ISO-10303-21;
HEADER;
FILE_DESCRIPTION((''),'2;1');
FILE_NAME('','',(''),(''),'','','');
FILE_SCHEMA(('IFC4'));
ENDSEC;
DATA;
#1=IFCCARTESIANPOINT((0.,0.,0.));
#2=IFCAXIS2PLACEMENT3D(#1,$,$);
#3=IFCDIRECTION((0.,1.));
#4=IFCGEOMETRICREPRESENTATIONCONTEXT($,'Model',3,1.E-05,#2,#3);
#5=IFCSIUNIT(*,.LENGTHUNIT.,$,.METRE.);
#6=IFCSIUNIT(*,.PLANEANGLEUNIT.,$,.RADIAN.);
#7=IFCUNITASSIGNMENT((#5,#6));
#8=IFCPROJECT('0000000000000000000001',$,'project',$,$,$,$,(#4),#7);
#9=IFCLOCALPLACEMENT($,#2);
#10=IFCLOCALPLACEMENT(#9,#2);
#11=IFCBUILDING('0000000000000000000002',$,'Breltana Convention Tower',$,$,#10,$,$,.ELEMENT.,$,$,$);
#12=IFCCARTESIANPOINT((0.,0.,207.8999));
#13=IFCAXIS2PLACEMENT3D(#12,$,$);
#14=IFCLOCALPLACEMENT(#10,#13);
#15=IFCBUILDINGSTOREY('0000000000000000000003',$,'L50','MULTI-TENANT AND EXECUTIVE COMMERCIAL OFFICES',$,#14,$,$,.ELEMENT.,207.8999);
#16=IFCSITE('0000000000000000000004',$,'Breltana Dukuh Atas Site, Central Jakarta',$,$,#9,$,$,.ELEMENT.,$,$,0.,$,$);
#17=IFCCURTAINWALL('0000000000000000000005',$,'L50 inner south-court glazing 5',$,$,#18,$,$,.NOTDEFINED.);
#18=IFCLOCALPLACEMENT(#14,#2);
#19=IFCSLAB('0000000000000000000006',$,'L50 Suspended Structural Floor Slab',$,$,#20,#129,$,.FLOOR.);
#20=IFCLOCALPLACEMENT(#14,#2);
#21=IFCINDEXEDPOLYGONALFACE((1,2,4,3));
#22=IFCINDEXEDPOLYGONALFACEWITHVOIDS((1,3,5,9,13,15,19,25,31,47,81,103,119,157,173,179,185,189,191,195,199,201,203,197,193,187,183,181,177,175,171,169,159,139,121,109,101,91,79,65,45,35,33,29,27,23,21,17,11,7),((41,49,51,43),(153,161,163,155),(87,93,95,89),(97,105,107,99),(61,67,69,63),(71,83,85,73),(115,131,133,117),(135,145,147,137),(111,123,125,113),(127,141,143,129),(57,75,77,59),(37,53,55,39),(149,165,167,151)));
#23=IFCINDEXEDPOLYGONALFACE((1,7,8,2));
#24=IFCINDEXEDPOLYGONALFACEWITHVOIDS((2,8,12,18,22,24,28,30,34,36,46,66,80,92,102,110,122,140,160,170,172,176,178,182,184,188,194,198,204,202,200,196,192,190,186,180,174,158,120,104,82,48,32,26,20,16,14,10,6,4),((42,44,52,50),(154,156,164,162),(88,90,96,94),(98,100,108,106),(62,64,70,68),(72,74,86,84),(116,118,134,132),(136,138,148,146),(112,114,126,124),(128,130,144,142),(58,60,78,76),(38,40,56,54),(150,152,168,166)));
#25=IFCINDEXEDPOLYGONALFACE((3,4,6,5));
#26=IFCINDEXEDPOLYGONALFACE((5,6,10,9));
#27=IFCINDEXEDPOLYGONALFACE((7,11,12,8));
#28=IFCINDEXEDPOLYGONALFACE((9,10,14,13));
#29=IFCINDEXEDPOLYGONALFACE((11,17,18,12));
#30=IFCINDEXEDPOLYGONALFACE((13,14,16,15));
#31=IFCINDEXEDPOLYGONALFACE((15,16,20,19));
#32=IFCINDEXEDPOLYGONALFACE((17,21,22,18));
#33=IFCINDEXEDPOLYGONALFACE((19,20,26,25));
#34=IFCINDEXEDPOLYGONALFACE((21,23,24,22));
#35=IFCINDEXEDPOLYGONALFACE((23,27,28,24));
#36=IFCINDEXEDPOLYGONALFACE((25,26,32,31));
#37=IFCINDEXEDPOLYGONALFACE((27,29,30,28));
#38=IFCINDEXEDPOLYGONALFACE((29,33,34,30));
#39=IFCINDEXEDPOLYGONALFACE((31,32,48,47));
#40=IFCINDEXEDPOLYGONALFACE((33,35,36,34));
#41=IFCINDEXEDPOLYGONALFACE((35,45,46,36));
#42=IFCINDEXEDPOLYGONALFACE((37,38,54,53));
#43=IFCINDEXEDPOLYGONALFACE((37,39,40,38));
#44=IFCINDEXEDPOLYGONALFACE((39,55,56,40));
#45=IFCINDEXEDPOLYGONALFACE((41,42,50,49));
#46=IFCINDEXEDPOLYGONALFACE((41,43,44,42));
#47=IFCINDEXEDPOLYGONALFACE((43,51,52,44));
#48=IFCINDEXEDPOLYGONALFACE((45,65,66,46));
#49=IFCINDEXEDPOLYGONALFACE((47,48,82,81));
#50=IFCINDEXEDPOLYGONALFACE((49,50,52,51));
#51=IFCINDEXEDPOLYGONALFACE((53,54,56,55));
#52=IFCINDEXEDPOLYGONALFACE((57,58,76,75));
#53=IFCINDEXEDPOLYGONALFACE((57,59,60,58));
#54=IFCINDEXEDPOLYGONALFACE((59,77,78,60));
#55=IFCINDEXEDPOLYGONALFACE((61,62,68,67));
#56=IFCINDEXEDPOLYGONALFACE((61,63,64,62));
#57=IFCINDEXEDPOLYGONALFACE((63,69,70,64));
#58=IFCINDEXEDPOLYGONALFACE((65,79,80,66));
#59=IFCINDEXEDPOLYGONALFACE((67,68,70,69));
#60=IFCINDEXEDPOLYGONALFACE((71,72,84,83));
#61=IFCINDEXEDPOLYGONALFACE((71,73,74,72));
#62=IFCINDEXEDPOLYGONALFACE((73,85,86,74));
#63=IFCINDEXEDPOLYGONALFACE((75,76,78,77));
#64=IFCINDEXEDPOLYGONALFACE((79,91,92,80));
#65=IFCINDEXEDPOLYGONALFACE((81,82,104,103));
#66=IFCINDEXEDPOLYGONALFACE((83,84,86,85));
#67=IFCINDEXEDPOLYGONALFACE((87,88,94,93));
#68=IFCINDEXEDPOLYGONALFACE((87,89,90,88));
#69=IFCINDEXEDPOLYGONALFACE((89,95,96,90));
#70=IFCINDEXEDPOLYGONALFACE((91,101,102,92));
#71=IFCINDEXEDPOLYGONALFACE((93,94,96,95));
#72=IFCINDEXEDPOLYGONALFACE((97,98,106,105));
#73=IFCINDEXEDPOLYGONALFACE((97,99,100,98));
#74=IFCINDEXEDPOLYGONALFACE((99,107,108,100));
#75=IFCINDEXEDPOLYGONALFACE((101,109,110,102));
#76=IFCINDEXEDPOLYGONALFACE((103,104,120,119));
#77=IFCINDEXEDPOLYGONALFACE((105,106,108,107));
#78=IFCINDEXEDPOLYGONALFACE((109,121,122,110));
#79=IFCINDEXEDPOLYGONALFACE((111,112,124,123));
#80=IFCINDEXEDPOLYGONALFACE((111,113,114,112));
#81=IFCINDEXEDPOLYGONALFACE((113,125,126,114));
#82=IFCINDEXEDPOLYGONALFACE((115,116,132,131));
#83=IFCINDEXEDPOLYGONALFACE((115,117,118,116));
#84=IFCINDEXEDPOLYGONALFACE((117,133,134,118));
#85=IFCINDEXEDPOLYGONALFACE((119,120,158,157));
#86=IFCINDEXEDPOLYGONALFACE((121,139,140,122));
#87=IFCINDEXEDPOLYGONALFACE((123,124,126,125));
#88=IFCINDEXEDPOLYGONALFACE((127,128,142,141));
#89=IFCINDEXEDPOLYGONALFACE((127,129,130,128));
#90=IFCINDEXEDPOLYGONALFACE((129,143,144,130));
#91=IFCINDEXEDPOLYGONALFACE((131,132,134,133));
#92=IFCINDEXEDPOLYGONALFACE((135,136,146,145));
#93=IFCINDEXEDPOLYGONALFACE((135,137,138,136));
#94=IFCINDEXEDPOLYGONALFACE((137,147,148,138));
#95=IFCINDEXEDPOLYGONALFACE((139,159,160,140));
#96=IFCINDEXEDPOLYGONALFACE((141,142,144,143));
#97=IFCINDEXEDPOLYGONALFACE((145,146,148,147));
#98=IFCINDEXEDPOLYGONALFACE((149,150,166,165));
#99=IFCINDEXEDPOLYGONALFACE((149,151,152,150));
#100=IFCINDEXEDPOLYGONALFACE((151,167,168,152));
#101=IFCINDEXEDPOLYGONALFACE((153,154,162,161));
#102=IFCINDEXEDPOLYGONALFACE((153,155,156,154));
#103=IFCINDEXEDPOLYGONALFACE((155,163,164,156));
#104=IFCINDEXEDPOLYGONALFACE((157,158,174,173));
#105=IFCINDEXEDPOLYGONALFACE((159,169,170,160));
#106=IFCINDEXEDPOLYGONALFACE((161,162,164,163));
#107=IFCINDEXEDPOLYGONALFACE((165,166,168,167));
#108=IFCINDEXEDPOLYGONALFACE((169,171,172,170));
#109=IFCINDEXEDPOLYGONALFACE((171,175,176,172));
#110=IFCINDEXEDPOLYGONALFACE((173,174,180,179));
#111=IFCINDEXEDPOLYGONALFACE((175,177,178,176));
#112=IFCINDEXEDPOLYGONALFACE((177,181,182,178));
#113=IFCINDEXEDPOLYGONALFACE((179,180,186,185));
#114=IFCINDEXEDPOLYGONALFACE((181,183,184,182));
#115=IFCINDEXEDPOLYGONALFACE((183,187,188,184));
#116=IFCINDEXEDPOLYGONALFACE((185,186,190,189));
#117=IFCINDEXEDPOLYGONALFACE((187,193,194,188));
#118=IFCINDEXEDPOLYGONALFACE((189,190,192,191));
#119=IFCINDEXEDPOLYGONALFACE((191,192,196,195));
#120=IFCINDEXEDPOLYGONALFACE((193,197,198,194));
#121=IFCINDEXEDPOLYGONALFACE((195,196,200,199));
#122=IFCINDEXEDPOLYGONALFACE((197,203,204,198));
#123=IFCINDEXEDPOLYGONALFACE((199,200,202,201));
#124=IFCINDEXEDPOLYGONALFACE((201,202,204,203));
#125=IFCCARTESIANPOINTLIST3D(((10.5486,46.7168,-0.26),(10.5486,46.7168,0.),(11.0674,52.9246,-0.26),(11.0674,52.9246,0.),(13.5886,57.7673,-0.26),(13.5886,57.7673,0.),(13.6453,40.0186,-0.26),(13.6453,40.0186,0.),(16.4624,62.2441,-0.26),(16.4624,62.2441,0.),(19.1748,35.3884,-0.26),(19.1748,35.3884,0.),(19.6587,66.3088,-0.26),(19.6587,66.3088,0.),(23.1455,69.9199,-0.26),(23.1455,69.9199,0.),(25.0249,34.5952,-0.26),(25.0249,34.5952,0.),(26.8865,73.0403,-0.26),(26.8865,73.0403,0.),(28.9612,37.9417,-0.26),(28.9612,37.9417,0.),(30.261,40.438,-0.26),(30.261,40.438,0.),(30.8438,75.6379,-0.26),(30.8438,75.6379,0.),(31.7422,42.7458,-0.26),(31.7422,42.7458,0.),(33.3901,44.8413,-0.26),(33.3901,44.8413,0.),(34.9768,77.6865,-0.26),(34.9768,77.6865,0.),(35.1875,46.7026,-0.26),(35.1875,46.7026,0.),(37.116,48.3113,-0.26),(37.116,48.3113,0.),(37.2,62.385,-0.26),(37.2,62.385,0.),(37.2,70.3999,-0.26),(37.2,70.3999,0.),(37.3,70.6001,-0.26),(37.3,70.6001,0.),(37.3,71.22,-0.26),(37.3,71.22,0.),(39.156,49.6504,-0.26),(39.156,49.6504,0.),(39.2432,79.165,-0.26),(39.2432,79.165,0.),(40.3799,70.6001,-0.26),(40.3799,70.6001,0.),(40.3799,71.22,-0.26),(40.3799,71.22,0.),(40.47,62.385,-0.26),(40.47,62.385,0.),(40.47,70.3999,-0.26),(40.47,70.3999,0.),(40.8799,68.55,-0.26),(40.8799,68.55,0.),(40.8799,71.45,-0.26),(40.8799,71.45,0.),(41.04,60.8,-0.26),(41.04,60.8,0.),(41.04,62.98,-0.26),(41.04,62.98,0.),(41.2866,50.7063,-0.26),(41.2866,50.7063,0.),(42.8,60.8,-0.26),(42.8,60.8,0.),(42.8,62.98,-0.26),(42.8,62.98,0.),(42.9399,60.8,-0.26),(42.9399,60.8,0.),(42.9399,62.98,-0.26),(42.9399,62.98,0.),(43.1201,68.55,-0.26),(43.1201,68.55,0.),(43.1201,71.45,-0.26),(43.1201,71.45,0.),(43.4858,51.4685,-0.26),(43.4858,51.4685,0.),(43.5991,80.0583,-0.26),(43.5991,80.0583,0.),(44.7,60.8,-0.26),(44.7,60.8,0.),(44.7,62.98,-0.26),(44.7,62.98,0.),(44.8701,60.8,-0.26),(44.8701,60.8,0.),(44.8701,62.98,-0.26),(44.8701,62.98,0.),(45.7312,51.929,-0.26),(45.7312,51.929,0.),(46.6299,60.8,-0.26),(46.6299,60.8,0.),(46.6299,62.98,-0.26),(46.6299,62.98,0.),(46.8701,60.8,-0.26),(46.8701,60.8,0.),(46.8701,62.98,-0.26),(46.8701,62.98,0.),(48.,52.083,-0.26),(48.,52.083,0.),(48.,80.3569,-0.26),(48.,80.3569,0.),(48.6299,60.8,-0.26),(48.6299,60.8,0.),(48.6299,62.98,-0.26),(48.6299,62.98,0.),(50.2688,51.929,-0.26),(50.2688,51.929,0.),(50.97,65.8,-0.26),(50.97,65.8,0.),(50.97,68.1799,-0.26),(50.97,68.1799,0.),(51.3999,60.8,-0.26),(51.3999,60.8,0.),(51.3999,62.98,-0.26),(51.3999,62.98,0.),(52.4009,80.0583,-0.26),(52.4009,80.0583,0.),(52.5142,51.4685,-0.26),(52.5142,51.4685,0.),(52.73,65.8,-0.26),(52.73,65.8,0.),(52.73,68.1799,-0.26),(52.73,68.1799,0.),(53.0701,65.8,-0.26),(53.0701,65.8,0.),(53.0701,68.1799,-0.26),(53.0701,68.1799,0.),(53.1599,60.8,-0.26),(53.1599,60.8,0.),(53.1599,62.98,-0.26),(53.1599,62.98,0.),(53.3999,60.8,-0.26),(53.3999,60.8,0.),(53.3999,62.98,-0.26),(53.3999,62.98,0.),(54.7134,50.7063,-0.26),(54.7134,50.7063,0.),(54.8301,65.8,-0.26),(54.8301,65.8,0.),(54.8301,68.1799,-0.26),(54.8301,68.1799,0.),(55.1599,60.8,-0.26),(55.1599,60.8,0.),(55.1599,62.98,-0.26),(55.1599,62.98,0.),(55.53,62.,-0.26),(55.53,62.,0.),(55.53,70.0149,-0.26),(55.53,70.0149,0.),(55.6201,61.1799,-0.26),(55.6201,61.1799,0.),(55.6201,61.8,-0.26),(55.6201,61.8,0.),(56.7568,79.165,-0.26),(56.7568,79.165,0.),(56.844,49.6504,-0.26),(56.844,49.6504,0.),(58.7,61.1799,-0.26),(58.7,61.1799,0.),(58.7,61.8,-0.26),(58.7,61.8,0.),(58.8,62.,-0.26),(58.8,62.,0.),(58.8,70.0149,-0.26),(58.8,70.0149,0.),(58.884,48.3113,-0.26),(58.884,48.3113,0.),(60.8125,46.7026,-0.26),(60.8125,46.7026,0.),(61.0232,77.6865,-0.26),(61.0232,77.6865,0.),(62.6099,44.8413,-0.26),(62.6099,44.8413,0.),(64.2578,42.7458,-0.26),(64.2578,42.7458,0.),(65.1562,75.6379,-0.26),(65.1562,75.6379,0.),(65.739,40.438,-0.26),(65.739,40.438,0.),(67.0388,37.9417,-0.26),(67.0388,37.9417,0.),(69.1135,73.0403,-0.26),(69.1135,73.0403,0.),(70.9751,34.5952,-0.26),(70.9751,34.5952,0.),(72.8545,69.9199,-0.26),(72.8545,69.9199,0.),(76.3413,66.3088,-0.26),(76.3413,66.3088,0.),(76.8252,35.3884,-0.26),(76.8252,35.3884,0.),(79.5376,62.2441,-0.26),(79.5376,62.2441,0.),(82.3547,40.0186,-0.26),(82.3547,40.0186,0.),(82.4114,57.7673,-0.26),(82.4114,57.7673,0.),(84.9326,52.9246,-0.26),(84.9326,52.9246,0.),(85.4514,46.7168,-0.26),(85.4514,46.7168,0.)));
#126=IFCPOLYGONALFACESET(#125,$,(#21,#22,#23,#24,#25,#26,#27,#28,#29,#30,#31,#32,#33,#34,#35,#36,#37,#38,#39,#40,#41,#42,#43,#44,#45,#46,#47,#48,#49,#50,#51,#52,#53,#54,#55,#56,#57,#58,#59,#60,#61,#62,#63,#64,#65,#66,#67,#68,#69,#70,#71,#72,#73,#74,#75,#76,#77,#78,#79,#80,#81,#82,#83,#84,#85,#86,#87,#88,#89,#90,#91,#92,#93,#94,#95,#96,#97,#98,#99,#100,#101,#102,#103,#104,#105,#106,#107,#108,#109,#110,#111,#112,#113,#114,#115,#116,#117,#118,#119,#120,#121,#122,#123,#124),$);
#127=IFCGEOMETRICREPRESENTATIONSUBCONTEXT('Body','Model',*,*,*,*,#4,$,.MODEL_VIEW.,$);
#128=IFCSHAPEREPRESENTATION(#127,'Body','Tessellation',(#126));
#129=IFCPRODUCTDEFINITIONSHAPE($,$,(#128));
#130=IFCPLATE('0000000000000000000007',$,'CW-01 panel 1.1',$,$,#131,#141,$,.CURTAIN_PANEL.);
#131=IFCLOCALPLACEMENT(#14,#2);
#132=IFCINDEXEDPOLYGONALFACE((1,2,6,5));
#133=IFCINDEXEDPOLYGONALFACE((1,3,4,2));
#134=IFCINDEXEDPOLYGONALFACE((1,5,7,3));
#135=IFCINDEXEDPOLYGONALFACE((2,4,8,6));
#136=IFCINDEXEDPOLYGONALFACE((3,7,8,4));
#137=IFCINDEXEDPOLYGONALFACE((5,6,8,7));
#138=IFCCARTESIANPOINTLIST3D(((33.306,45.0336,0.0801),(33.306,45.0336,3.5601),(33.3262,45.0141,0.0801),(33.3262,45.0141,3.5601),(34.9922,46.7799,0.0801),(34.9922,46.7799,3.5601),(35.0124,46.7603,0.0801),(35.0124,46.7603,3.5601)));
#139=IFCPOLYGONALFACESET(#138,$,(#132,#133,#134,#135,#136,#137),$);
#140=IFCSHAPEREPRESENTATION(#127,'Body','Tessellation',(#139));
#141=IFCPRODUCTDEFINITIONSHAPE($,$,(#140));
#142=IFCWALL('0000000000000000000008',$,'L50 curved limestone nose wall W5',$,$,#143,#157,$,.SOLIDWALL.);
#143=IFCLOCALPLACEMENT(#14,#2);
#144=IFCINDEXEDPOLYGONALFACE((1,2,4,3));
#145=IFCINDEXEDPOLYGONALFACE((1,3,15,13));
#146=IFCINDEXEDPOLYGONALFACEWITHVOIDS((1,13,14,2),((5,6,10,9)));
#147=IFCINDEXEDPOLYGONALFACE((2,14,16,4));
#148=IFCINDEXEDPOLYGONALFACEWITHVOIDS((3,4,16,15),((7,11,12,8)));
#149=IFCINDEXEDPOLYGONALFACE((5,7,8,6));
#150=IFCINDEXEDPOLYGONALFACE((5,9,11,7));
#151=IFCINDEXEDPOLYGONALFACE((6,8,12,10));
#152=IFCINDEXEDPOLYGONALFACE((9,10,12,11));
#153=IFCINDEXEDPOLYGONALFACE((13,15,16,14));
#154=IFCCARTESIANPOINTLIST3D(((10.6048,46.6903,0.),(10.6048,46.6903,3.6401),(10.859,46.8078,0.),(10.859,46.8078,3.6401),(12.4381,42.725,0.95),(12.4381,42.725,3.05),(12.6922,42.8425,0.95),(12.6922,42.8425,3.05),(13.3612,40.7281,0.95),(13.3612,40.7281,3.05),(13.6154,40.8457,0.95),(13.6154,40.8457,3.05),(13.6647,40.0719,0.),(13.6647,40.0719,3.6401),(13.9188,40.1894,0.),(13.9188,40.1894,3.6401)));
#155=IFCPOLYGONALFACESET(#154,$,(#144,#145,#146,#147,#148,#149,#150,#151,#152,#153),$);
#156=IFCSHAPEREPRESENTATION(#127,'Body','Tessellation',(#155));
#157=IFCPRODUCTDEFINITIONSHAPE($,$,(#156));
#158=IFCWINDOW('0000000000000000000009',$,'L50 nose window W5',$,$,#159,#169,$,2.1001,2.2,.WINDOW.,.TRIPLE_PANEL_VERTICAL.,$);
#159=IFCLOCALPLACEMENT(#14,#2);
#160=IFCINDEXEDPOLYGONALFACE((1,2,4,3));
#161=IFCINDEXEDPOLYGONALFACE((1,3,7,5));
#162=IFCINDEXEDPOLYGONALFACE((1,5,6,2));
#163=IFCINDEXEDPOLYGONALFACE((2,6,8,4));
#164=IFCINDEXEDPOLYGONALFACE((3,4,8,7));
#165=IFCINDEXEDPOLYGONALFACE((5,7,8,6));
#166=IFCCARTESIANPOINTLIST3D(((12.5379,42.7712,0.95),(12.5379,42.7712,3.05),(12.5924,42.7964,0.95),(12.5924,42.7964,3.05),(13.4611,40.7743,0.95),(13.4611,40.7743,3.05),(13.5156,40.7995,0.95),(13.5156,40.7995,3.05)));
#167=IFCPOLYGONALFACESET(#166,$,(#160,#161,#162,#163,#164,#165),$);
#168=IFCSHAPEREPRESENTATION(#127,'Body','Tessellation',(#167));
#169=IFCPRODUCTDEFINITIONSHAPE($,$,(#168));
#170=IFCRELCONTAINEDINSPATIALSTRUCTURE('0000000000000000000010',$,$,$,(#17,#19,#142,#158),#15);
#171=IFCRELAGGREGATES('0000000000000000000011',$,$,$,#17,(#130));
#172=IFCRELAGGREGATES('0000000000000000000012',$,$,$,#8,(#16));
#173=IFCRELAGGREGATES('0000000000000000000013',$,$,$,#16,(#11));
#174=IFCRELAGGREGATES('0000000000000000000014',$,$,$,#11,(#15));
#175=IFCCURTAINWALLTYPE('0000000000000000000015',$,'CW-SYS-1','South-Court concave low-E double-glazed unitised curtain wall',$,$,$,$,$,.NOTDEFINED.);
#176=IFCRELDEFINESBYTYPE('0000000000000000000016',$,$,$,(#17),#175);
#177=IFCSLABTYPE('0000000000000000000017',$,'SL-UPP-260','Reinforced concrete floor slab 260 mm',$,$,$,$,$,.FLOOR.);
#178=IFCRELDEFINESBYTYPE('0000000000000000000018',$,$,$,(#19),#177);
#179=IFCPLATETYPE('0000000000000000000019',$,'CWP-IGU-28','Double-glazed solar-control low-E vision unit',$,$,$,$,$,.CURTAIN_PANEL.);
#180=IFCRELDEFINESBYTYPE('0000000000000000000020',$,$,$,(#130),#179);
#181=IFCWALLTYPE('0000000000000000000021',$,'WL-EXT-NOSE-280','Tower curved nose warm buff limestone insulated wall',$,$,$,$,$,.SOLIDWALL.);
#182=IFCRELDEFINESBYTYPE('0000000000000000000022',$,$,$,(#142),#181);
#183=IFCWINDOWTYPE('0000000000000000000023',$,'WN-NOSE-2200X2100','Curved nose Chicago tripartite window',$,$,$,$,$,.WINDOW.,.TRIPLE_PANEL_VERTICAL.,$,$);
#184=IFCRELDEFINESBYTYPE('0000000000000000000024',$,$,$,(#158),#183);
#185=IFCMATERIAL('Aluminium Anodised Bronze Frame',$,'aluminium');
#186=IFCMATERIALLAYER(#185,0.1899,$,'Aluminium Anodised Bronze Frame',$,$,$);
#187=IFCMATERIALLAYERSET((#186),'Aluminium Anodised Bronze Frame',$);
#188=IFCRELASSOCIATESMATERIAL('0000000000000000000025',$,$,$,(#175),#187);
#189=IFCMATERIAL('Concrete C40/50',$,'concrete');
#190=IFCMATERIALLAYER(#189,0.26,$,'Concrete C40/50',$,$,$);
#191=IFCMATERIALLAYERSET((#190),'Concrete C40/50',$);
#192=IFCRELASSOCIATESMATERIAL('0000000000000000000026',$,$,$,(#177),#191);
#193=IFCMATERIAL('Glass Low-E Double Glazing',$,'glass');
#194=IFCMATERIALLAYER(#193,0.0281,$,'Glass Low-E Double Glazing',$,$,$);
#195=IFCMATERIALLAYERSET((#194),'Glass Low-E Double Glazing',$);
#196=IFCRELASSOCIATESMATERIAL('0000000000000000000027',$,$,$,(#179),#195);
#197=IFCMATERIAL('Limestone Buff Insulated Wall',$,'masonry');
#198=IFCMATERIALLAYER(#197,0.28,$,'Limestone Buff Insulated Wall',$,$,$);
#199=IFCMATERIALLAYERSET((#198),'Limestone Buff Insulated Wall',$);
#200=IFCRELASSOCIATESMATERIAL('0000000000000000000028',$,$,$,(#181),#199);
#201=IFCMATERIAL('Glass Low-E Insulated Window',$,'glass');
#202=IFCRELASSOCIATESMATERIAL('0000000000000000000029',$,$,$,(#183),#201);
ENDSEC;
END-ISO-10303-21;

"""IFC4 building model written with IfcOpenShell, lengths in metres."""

from ifc_helpers import new_model, si_unit, direction, frame, frame_2d, origin, origin_2d, place, context, subcontext, project, spatial, polyline, rectangle, outline, extrude, source, transform, mapped, material, layer, layer_set, type_object, type_shapes, element, fill, aggregate, save


model = new_model("IFC4")

# Units and contexts
model_context = context("Model", 3, precision=1e-05, world=origin(), true_north=direction((0.0, 1.0)))
body_context = subcontext(model_context, "Body", "Model", "MODEL_VIEW")
ifc_project = project(units=[si_unit("LENGTHUNIT", "METRE"), si_unit("PLANEANGLEUNIT", "RADIAN")], contexts=[model_context])

# Site, building, storey
site_placement = place(None, origin())
site = spatial("IfcSite", under=ifc_project, at=site_placement, Name="Breltana Dukuh Atas Site, Central Jakarta", CompositionType="ELEMENT", RefElevation=0.0)
building_placement = place(site_placement, origin())
building = spatial("IfcBuilding", under=site, at=building_placement, Name="Breltana Convention Tower", CompositionType="ELEMENT")
storey_placement = place(building_placement, frame((0.0, 0.0, 207.8999)))
storey = spatial("IfcBuildingStorey", under=building, at=storey_placement, Name="L50", Description="MULTI-TENANT AND EXECUTIVE COMMERCIAL OFFICES", CompositionType="ELEMENT", Elevation=207.8999)

# Curtain wall
ifc_material_1 = material(Name="Aluminium Anodised Bronze Frame", Category="aluminium")
ifc_layer_1 = layer(ifc_material_1, 0.1899, Name="Aluminium Anodised Bronze Frame")
ifc_layer_set_1 = layer_set([ifc_layer_1], Name="Aluminium Anodised Bronze Frame")
curtain_wall_type = type_object("IfcCurtainWallType", Name="CW-SYS-1", Description="South-Court concave low-E double-glazed unitised curtain wall", PredefinedType="NOTDEFINED", material=ifc_layer_set_1)
curtain_wall_placement = place(storey_placement, origin())
curtain_wall = element("IfcCurtainWall", 1, at=curtain_wall_placement, inside=storey, type_object=curtain_wall_type, Name="L50 inner south-court glazing 5", PredefinedType="NOTDEFINED")

# Shared definitions
ifc_material_2 = material(Name="Concrete C40/50", Category="concrete")

# Slab
ifc_layer_2 = layer(ifc_material_2, 0.26, Name="Concrete C40/50")
ifc_layer_set_2 = layer_set([ifc_layer_2], Name="Concrete C40/50")
slab_type_1 = type_object("IfcSlabType", Name="SL-UPP-260", Description="Reinforced concrete floor slab 260 mm", PredefinedType="FLOOR", material=ifc_layer_set_2)
slab_1_placement = place(storey_placement, frame((0.0, 0.0, -0.26)))
element("IfcSlab", 2, at=slab_1_placement, inside=storey, type_object=slab_type_1, Name="L50 Suspended Structural Floor Slab", PredefinedType="FLOOR", context=body_context, shape_type="SweptSolid", body=[
    extrude(outline(polyline([(84.9326, 52.9246), (82.4114, 57.7673), (79.5376, 62.2441), (76.3413, 66.3088), (72.8545, 69.9199), (69.1135, 73.0403), (65.1562, 75.6379), (61.0232, 77.6865), (56.7568, 79.165), (52.4009, 80.0583), (48.0, 80.3569), (43.5991, 80.0583), (39.2432, 79.165), (34.9768, 77.6865), (30.8438, 75.6379), (26.8865, 73.0403), (23.1455, 69.9199), (19.6587, 66.3088), (16.4624, 62.2441), (13.5886, 57.7673), (11.0674, 52.9246), (10.5486, 46.7168), (13.6453, 40.0186), (19.1748, 35.3884), (25.0249, 34.5952), (28.9612, 37.9417), (30.261, 40.438), (31.7422, 42.7458), (33.3901, 44.8413), (35.1875, 46.7026), (37.116, 48.3113), (39.156, 49.6504), (41.2866, 50.7063), (43.4858, 51.4685), (45.7312, 51.929), (48.0, 52.083), (50.2688, 51.929), (52.5142, 51.4685), (54.7134, 50.7063), (56.844, 49.6504), (58.884, 48.3113), (60.8125, 46.7026), (62.6099, 44.8413), (64.2578, 42.7458), (65.739, 40.438), (67.0388, 37.9417), (70.9751, 34.5952), (76.8252, 35.3884), (82.3547, 40.0186), (85.4514, 46.7168), (84.9326, 52.9246)]), holes=[polyline([(37.2, 62.385), (40.47, 62.385), (40.47, 70.3999), (37.2, 70.3999), (37.2, 62.385)]), polyline([(55.53, 62.0), (58.8, 62.0), (58.8, 70.0149), (55.53, 70.0149), (55.53, 62.0)]), polyline([(41.04, 60.8), (42.8, 60.8), (42.8, 62.98), (41.04, 62.98), (41.04, 60.8)]), polyline([(42.9399, 60.8), (44.7, 60.8), (44.7, 62.98), (42.9399, 62.98), (42.9399, 60.8)]), polyline([(44.8701, 60.8), (46.6299, 60.8), (46.6299, 62.98), (44.8701, 62.98), (44.8701, 60.8)]), polyline([(46.8701, 60.8), (48.6299, 60.8), (48.6299, 62.98), (46.8701, 62.98), (46.8701, 60.8)]), polyline([(51.3999, 60.8), (53.1599, 60.8), (53.1599, 62.98), (51.3999, 62.98), (51.3999, 60.8)]), polyline([(53.3999, 60.8), (55.1599, 60.8), (55.1599, 62.98), (53.3999, 62.98), (53.3999, 60.8)]), polyline([(50.97, 65.8), (52.73, 65.8), (52.73, 68.1799), (50.97, 68.1799), (50.97, 65.8)]), polyline([(53.0701, 65.8), (54.8301, 65.8), (54.8301, 68.1799), (53.0701, 68.1799), (53.0701, 65.8)]), polyline([(40.8799, 68.55), (43.1201, 68.55), (43.1201, 71.45), (40.8799, 71.45), (40.8799, 68.55)]), polyline([(37.3, 70.6001), (40.3799, 70.6001), (40.3799, 71.22), (37.3, 71.22), (37.3, 70.6001)]), polyline([(55.6201, 61.1799), (58.7, 61.1799), (58.7, 61.8), (55.6201, 61.8), (55.6201, 61.1799)])]), origin(), (0.0, 0.0, 1.0), 0.26),
])

# Plate
ifc_material_3 = material(Name="Glass Low-E Double Glazing", Category="glass")
ifc_layer_3 = layer(ifc_material_3, 0.0281, Name="Glass Low-E Double Glazing")
ifc_layer_set_3 = layer_set([ifc_layer_3], Name="Glass Low-E Double Glazing")
plate_type = type_object("IfcPlateType", Name="CWP-IGU-28", Description="Double-glazed solar-control low-E vision unit", PredefinedType="CURTAIN_PANEL", material=ifc_layer_set_3)
shared_shape_1 = source(origin(), body_context, "Body", "SweptSolid", [
    extrude(rectangle(XDim=2.4275, YDim=0.0281, at=origin_2d()), origin(), (0.0, 0.0, 1.0), 3.48),
])
plate_placement = place(storey_placement, frame((34.1592, 45.897, 0.0801), z_axis=(0.0, 0.0, 1.0), x_axis=(-0.694632, -0.719366, 0.0)))
plate = element("IfcPlate", 3, at=plate_placement, type_object=plate_type, Name="CW-01 panel 1.1", PredefinedType="CURTAIN_PANEL", context=body_context, shape_type="MappedRepresentation", body=[
    mapped(shared_shape_1, transform((0.0, 0.0, 0.0), scale=1.0)),
])
aggregate(curtain_wall, [plate])

# Wall, opening, window
ifc_material_4 = material(Name="Limestone Buff Insulated Wall", Category="masonry")
ifc_layer_4 = layer(ifc_material_4, 0.28, Name="Limestone Buff Insulated Wall")
ifc_layer_set_4 = layer_set([ifc_layer_4], Name="Limestone Buff Insulated Wall")
wall_type = type_object("IfcWallType", Name="WL-EXT-NOSE-280", Description="Tower curved nose warm buff limestone insulated wall", PredefinedType="SOLIDWALL", material=ifc_layer_set_4)
shared_shape_2 = source(origin(), body_context, "Body", "SweptSolid", [
    extrude(rectangle(XDim=7.2915, YDim=0.28, at=frame_2d((3.6458, 0.0))), origin(), (0.0, 0.0, 1.0), 3.6401),
])
wall_1_placement = place(storey_placement, frame((13.7917, 40.1306, 0.0), z_axis=(0.0, 0.0, 1.0), x_axis=(-0.419642, 0.90769, 0.0)))
wall_1 = element("IfcWall", 4, at=wall_1_placement, inside=storey, type_object=wall_type, Name="L50 curved limestone nose wall W5", PredefinedType="SOLIDWALL", context=body_context, shape_type="MappedRepresentation", body=[
    mapped(shared_shape_2, transform((0.0, 0.0, 0.0), scale=1.0)),
])
opening_1_placement = place(wall_1_placement, frame((0.7229, 0.0, 0.95)))
opening_1 = element("IfcOpeningElement", 5, at=opening_1_placement, cuts=wall_1, PredefinedType="OPENING", context=body_context, shape_type="SweptSolid", body=[
    extrude(rectangle(XDim=2.2, YDim=2.1001, at=frame_2d((1.1001, 1.05))), frame((0.0, 0.1499, 0.0), z_axis=(0.0, -1.0, 0.0), x_axis=(1.0, 0.0, 0.0)), (0.0, 0.0, 1.0), 0.3),
])
ifc_material_5 = material(Name="Glass Low-E Insulated Window", Category="glass")
window_type = type_object("IfcWindowType", Name="WN-NOSE-2200X2100", Description="Curved nose Chicago tripartite window", PartitioningType="TRIPLE_PANEL_VERTICAL", PredefinedType="WINDOW", material=ifc_material_5)
shared_shape_3 = source(origin(), body_context, "Body", "SweptSolid", [
    extrude(rectangle(XDim=2.2, YDim=2.1001, at=frame_2d((1.1001, 1.05))), frame((0.0, 0.03, 0.0), z_axis=(0.0, -1.0, 0.0), x_axis=(1.0, 0.0, 0.0)), (0.0, 0.0, 1.0), 0.0601),
])
type_shapes(window_type, [shared_shape_3])
window_1_placement = place(opening_1_placement, origin())
window_1 = element("IfcWindow", 6, at=window_1_placement, inside=storey, type_object=window_type, Name="L50 nose window W5", OverallHeight=2.1001, OverallWidth=2.2, PartitioningType="TRIPLE_PANEL_VERTICAL", PredefinedType="WINDOW", context=body_context, shape_type="MappedRepresentation", body=[
    mapped(shared_shape_3, transform((0.0, 0.0, 0.0), scale=1.0)),
])
fill(opening_1, window_1)

save(model, "model.ifc")
